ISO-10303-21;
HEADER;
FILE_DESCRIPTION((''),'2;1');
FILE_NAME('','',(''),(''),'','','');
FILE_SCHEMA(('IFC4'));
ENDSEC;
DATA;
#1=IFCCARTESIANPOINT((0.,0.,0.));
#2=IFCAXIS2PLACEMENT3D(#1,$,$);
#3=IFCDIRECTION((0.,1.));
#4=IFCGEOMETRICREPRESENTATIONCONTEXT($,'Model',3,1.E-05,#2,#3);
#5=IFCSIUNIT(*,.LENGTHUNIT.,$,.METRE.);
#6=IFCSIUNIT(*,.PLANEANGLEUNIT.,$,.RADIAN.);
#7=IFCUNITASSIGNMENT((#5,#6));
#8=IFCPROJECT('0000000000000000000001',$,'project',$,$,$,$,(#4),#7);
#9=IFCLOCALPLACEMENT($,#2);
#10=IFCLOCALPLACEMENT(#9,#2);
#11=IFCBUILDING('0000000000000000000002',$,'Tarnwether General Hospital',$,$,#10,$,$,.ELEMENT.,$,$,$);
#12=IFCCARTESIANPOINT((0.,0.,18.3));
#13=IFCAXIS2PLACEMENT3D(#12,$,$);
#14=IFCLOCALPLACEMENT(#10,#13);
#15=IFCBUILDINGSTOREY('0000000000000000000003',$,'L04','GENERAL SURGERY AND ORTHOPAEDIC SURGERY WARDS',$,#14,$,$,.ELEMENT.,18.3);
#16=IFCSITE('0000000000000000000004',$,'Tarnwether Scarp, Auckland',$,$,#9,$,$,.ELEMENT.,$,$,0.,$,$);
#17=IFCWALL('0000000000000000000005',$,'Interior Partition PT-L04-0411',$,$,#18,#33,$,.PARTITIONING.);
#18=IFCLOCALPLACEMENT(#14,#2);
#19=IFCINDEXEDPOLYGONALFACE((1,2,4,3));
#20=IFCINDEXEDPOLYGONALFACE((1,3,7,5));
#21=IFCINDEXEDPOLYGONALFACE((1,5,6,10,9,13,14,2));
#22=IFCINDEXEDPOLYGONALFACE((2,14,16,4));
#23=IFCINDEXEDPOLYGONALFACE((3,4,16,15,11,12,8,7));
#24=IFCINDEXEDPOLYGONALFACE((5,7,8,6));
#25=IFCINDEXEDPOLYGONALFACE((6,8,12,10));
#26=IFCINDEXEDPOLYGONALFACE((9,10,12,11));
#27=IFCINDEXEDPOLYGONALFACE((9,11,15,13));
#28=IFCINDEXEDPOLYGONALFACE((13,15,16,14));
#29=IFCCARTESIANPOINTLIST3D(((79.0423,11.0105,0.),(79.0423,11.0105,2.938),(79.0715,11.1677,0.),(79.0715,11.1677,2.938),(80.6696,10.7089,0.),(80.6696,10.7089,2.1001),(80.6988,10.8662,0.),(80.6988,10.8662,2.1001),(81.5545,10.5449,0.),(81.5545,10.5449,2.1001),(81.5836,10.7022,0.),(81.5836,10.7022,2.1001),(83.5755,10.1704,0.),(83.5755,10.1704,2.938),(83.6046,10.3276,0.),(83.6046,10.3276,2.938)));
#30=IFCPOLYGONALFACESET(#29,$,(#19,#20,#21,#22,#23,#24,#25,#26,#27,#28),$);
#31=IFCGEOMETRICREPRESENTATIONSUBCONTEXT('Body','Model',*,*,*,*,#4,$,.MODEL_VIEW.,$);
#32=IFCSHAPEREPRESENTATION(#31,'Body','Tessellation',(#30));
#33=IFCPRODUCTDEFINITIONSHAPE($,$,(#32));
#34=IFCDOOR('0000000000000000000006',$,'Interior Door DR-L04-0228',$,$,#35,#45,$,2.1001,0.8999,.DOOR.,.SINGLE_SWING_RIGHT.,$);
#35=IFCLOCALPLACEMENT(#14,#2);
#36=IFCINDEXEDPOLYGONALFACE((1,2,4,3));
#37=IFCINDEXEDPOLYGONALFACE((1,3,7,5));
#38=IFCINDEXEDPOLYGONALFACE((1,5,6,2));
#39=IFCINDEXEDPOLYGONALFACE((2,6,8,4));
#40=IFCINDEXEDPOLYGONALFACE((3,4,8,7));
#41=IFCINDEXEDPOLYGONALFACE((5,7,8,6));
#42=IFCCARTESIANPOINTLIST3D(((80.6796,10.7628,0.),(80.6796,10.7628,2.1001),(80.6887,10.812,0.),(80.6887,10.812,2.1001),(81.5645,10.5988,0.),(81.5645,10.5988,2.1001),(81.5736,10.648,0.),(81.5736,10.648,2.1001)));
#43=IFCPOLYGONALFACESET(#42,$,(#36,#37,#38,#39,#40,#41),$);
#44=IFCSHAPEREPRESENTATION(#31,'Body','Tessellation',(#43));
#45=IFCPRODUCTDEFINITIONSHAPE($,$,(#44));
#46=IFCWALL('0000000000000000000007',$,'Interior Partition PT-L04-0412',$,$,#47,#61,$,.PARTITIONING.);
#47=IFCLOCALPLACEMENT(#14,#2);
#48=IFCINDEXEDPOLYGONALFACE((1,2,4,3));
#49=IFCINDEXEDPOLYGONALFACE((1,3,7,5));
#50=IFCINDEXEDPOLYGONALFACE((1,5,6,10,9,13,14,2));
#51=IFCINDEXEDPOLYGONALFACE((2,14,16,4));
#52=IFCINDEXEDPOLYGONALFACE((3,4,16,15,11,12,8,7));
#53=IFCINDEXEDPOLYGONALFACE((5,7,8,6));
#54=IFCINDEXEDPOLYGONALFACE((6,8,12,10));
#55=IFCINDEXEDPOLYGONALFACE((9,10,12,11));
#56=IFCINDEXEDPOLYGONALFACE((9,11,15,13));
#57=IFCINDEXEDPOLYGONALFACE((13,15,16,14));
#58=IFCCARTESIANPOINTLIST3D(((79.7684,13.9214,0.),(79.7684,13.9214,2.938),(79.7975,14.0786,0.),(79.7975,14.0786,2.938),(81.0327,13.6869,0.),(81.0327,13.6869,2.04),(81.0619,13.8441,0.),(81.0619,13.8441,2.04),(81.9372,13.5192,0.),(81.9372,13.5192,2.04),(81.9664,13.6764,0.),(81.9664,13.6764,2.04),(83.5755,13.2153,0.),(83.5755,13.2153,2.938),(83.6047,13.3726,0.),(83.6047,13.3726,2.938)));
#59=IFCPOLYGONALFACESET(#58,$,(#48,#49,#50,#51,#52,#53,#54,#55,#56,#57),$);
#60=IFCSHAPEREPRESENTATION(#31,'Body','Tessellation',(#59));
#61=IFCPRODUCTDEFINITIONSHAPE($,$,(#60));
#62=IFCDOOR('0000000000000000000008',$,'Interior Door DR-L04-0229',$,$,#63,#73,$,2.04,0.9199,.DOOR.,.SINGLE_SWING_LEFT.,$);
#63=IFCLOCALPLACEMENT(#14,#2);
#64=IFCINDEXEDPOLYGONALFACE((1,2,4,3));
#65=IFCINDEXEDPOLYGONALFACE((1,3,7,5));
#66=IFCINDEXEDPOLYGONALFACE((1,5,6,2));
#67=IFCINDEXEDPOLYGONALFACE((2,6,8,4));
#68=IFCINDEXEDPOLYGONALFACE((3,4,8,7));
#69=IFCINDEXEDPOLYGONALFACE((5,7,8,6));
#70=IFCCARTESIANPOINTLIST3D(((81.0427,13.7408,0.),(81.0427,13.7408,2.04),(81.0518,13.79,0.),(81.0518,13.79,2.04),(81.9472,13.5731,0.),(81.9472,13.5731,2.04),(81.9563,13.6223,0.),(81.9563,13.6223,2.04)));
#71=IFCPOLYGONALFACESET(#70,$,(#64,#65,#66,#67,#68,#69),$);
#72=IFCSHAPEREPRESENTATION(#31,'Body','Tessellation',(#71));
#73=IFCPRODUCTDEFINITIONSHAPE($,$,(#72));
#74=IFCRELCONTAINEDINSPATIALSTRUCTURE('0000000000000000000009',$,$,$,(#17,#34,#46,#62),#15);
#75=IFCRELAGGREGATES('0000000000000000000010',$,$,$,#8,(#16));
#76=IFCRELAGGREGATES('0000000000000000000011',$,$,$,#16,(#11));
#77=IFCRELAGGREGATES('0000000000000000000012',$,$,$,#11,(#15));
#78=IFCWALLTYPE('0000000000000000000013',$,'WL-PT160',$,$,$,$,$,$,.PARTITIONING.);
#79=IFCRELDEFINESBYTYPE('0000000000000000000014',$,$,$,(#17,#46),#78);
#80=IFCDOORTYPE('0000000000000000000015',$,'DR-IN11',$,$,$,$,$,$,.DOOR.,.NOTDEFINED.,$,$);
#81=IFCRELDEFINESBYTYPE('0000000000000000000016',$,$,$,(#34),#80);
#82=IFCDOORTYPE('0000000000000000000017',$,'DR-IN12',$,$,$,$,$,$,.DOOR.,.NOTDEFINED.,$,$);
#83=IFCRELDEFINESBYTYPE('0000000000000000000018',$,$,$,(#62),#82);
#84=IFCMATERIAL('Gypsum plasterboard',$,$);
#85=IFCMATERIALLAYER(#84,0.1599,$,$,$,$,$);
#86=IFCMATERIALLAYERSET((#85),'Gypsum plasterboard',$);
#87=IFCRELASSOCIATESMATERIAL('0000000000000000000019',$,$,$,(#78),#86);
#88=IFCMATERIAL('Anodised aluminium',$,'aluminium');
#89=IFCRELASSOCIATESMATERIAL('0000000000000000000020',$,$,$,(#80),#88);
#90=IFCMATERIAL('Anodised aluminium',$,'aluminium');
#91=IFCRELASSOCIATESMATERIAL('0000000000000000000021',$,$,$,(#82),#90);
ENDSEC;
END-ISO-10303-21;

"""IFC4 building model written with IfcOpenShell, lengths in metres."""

from ifc_helpers import new_model, si_unit, direction, frame, frame_2d, origin, place, context, subcontext, project, spatial, rectangle, extrude, material, layer, layer_set, type_object, element, fill, save


model = new_model("IFC4")

# Units and contexts
model_context = context("Model", 3, precision=1e-05, world=origin(), true_north=direction((0.0, 1.0)))
body_context = subcontext(model_context, "Body", "Model", "MODEL_VIEW")
ifc_project = project(units=[si_unit("LENGTHUNIT", "METRE"), si_unit("PLANEANGLEUNIT", "RADIAN")], contexts=[model_context])

# Site, building, storey
site_placement = place(None, origin())
site = spatial("IfcSite", under=ifc_project, at=site_placement, Name="Tarnwether Scarp, Auckland", CompositionType="ELEMENT", RefElevation=0.0)
building_placement = place(site_placement, origin())
building = spatial("IfcBuilding", under=site, at=building_placement, Name="Tarnwether General Hospital", CompositionType="ELEMENT")
storey_placement = place(building_placement, frame((0.0, 0.0, 18.3)))
storey = spatial("IfcBuildingStorey", under=building, at=storey_placement, Name="L04", Description="GENERAL SURGERY AND ORTHOPAEDIC SURGERY WARDS", CompositionType="ELEMENT", Elevation=18.3)

# Walls, openings, doors
ifc_material_1 = material(Name="Gypsum plasterboard")
ifc_layer_1 = layer(ifc_material_1, 0.1599)
ifc_layer_set_1 = layer_set([ifc_layer_1], Name="Gypsum plasterboard")
wall_type_1 = type_object("IfcWallType", Name="WL-PT160", PredefinedType="PARTITIONING", material=ifc_layer_set_1)
wall_1_placement = place(storey_placement, frame((79.0569, 11.0891, 0.0), z_axis=(0.0, 0.0, 1.0), x_axis=(0.983258, -0.182216, 0.0)))
wall_1 = element("IfcWall", 1, at=wall_1_placement, inside=storey, type_object=wall_type_1, Name="Interior Partition PT-L04-0411", PredefinedType="PARTITIONING", context=body_context, shape_type="SweptSolid", body=[
    extrude(rectangle(XDim=4.6104, YDim=0.1599, at=frame_2d((2.3052, 0.0))), origin(), (0.0, 0.0, 1.0), 2.938),
])
opening_1_placement = place(wall_1_placement, frame((1.655, 0.0, 0.0)))
opening_1 = element("IfcOpeningElement", 2, at=opening_1_placement, cuts=wall_1, PredefinedType="OPENING", context=body_context, shape_type="SweptSolid", body=[
    extrude(rectangle(XDim=0.8999, YDim=2.1001, at=frame_2d((0.45, 1.05))), frame((0.0, 0.0898, 0.0), z_axis=(0.0, -1.0, 0.0), x_axis=(1.0, 0.0, 0.0)), (0.0, 0.0, 1.0), 0.1799),
])
ifc_material_2 = material(Name="Anodised aluminium", Category="aluminium")
door_type_1 = type_object("IfcDoorType", Name="DR-IN11", OperationType="NOTDEFINED", PredefinedType="DOOR", material=ifc_material_2)
door_1_placement = place(opening_1_placement, origin())
door_1 = element("IfcDoor", 3, at=door_1_placement, inside=storey, type_object=door_type_1, Name="Interior Door DR-L04-0228", OperationType="SINGLE_SWING_RIGHT", OverallHeight=2.1001, OverallWidth=0.8999, PredefinedType="DOOR", context=body_context, shape_type="SweptSolid", body=[
    extrude(rectangle(XDim=0.8999, YDim=2.1001, at=frame_2d((0.45, 1.05))), frame((0.0, 0.0249, 0.0), z_axis=(0.0, -1.0, 0.0), x_axis=(1.0, 0.0, 0.0)), (0.0, 0.0, 1.0), 0.05),
])
fill(opening_1, door_1)
wall_2_placement = place(storey_placement, frame((79.783, 14.0, 0.0), z_axis=(0.0, 0.0, 1.0), x_axis=(0.983234, -0.182347, 0.0)))
wall_2 = element("IfcWall", 4, at=wall_2_placement, inside=storey, type_object=wall_type_1, Name="Interior Partition PT-L04-0412", PredefinedType="PARTITIONING", context=body_context, shape_type="SweptSolid", body=[
    extrude(rectangle(XDim=3.8721, YDim=0.1599, at=frame_2d((1.936, 0.0))), origin(), (0.0, 0.0, 1.0), 2.938),
])
opening_2_placement = place(wall_2_placement, frame((1.2859, 0.0, 0.0)))
opening_2 = element("IfcOpeningElement", 5, at=opening_2_placement, cuts=wall_2, PredefinedType="OPENING", context=body_context, shape_type="SweptSolid", body=[
    extrude(rectangle(XDim=0.9199, YDim=2.04, at=frame_2d((0.46, 1.02))), frame((0.0, 0.0898, 0.0), z_axis=(0.0, -1.0, 0.0), x_axis=(1.0, 0.0, 0.0)), (0.0, 0.0, 1.0), 0.1799),
])
ifc_material_3 = material(Name="Anodised aluminium", Category="aluminium")
door_type_2 = type_object("IfcDoorType", Name="DR-IN12", OperationType="NOTDEFINED", PredefinedType="DOOR", material=ifc_material_3)
door_2_placement = place(opening_2_placement, origin())
door_2 = element("IfcDoor", 6, at=door_2_placement, inside=storey, type_object=door_type_2, Name="Interior Door DR-L04-0229", OperationType="SINGLE_SWING_LEFT", OverallHeight=2.04, OverallWidth=0.9199, PredefinedType="DOOR", context=body_context, shape_type="SweptSolid", body=[
    extrude(rectangle(XDim=0.9199, YDim=2.04, at=frame_2d((0.46, 1.02))), frame((0.0, 0.0249, 0.0), z_axis=(0.0, -1.0, 0.0), x_axis=(1.0, 0.0, 0.0)), (0.0, 0.0, 1.0), 0.05),
])
fill(opening_2, door_2)

save(model, "model.ifc")
